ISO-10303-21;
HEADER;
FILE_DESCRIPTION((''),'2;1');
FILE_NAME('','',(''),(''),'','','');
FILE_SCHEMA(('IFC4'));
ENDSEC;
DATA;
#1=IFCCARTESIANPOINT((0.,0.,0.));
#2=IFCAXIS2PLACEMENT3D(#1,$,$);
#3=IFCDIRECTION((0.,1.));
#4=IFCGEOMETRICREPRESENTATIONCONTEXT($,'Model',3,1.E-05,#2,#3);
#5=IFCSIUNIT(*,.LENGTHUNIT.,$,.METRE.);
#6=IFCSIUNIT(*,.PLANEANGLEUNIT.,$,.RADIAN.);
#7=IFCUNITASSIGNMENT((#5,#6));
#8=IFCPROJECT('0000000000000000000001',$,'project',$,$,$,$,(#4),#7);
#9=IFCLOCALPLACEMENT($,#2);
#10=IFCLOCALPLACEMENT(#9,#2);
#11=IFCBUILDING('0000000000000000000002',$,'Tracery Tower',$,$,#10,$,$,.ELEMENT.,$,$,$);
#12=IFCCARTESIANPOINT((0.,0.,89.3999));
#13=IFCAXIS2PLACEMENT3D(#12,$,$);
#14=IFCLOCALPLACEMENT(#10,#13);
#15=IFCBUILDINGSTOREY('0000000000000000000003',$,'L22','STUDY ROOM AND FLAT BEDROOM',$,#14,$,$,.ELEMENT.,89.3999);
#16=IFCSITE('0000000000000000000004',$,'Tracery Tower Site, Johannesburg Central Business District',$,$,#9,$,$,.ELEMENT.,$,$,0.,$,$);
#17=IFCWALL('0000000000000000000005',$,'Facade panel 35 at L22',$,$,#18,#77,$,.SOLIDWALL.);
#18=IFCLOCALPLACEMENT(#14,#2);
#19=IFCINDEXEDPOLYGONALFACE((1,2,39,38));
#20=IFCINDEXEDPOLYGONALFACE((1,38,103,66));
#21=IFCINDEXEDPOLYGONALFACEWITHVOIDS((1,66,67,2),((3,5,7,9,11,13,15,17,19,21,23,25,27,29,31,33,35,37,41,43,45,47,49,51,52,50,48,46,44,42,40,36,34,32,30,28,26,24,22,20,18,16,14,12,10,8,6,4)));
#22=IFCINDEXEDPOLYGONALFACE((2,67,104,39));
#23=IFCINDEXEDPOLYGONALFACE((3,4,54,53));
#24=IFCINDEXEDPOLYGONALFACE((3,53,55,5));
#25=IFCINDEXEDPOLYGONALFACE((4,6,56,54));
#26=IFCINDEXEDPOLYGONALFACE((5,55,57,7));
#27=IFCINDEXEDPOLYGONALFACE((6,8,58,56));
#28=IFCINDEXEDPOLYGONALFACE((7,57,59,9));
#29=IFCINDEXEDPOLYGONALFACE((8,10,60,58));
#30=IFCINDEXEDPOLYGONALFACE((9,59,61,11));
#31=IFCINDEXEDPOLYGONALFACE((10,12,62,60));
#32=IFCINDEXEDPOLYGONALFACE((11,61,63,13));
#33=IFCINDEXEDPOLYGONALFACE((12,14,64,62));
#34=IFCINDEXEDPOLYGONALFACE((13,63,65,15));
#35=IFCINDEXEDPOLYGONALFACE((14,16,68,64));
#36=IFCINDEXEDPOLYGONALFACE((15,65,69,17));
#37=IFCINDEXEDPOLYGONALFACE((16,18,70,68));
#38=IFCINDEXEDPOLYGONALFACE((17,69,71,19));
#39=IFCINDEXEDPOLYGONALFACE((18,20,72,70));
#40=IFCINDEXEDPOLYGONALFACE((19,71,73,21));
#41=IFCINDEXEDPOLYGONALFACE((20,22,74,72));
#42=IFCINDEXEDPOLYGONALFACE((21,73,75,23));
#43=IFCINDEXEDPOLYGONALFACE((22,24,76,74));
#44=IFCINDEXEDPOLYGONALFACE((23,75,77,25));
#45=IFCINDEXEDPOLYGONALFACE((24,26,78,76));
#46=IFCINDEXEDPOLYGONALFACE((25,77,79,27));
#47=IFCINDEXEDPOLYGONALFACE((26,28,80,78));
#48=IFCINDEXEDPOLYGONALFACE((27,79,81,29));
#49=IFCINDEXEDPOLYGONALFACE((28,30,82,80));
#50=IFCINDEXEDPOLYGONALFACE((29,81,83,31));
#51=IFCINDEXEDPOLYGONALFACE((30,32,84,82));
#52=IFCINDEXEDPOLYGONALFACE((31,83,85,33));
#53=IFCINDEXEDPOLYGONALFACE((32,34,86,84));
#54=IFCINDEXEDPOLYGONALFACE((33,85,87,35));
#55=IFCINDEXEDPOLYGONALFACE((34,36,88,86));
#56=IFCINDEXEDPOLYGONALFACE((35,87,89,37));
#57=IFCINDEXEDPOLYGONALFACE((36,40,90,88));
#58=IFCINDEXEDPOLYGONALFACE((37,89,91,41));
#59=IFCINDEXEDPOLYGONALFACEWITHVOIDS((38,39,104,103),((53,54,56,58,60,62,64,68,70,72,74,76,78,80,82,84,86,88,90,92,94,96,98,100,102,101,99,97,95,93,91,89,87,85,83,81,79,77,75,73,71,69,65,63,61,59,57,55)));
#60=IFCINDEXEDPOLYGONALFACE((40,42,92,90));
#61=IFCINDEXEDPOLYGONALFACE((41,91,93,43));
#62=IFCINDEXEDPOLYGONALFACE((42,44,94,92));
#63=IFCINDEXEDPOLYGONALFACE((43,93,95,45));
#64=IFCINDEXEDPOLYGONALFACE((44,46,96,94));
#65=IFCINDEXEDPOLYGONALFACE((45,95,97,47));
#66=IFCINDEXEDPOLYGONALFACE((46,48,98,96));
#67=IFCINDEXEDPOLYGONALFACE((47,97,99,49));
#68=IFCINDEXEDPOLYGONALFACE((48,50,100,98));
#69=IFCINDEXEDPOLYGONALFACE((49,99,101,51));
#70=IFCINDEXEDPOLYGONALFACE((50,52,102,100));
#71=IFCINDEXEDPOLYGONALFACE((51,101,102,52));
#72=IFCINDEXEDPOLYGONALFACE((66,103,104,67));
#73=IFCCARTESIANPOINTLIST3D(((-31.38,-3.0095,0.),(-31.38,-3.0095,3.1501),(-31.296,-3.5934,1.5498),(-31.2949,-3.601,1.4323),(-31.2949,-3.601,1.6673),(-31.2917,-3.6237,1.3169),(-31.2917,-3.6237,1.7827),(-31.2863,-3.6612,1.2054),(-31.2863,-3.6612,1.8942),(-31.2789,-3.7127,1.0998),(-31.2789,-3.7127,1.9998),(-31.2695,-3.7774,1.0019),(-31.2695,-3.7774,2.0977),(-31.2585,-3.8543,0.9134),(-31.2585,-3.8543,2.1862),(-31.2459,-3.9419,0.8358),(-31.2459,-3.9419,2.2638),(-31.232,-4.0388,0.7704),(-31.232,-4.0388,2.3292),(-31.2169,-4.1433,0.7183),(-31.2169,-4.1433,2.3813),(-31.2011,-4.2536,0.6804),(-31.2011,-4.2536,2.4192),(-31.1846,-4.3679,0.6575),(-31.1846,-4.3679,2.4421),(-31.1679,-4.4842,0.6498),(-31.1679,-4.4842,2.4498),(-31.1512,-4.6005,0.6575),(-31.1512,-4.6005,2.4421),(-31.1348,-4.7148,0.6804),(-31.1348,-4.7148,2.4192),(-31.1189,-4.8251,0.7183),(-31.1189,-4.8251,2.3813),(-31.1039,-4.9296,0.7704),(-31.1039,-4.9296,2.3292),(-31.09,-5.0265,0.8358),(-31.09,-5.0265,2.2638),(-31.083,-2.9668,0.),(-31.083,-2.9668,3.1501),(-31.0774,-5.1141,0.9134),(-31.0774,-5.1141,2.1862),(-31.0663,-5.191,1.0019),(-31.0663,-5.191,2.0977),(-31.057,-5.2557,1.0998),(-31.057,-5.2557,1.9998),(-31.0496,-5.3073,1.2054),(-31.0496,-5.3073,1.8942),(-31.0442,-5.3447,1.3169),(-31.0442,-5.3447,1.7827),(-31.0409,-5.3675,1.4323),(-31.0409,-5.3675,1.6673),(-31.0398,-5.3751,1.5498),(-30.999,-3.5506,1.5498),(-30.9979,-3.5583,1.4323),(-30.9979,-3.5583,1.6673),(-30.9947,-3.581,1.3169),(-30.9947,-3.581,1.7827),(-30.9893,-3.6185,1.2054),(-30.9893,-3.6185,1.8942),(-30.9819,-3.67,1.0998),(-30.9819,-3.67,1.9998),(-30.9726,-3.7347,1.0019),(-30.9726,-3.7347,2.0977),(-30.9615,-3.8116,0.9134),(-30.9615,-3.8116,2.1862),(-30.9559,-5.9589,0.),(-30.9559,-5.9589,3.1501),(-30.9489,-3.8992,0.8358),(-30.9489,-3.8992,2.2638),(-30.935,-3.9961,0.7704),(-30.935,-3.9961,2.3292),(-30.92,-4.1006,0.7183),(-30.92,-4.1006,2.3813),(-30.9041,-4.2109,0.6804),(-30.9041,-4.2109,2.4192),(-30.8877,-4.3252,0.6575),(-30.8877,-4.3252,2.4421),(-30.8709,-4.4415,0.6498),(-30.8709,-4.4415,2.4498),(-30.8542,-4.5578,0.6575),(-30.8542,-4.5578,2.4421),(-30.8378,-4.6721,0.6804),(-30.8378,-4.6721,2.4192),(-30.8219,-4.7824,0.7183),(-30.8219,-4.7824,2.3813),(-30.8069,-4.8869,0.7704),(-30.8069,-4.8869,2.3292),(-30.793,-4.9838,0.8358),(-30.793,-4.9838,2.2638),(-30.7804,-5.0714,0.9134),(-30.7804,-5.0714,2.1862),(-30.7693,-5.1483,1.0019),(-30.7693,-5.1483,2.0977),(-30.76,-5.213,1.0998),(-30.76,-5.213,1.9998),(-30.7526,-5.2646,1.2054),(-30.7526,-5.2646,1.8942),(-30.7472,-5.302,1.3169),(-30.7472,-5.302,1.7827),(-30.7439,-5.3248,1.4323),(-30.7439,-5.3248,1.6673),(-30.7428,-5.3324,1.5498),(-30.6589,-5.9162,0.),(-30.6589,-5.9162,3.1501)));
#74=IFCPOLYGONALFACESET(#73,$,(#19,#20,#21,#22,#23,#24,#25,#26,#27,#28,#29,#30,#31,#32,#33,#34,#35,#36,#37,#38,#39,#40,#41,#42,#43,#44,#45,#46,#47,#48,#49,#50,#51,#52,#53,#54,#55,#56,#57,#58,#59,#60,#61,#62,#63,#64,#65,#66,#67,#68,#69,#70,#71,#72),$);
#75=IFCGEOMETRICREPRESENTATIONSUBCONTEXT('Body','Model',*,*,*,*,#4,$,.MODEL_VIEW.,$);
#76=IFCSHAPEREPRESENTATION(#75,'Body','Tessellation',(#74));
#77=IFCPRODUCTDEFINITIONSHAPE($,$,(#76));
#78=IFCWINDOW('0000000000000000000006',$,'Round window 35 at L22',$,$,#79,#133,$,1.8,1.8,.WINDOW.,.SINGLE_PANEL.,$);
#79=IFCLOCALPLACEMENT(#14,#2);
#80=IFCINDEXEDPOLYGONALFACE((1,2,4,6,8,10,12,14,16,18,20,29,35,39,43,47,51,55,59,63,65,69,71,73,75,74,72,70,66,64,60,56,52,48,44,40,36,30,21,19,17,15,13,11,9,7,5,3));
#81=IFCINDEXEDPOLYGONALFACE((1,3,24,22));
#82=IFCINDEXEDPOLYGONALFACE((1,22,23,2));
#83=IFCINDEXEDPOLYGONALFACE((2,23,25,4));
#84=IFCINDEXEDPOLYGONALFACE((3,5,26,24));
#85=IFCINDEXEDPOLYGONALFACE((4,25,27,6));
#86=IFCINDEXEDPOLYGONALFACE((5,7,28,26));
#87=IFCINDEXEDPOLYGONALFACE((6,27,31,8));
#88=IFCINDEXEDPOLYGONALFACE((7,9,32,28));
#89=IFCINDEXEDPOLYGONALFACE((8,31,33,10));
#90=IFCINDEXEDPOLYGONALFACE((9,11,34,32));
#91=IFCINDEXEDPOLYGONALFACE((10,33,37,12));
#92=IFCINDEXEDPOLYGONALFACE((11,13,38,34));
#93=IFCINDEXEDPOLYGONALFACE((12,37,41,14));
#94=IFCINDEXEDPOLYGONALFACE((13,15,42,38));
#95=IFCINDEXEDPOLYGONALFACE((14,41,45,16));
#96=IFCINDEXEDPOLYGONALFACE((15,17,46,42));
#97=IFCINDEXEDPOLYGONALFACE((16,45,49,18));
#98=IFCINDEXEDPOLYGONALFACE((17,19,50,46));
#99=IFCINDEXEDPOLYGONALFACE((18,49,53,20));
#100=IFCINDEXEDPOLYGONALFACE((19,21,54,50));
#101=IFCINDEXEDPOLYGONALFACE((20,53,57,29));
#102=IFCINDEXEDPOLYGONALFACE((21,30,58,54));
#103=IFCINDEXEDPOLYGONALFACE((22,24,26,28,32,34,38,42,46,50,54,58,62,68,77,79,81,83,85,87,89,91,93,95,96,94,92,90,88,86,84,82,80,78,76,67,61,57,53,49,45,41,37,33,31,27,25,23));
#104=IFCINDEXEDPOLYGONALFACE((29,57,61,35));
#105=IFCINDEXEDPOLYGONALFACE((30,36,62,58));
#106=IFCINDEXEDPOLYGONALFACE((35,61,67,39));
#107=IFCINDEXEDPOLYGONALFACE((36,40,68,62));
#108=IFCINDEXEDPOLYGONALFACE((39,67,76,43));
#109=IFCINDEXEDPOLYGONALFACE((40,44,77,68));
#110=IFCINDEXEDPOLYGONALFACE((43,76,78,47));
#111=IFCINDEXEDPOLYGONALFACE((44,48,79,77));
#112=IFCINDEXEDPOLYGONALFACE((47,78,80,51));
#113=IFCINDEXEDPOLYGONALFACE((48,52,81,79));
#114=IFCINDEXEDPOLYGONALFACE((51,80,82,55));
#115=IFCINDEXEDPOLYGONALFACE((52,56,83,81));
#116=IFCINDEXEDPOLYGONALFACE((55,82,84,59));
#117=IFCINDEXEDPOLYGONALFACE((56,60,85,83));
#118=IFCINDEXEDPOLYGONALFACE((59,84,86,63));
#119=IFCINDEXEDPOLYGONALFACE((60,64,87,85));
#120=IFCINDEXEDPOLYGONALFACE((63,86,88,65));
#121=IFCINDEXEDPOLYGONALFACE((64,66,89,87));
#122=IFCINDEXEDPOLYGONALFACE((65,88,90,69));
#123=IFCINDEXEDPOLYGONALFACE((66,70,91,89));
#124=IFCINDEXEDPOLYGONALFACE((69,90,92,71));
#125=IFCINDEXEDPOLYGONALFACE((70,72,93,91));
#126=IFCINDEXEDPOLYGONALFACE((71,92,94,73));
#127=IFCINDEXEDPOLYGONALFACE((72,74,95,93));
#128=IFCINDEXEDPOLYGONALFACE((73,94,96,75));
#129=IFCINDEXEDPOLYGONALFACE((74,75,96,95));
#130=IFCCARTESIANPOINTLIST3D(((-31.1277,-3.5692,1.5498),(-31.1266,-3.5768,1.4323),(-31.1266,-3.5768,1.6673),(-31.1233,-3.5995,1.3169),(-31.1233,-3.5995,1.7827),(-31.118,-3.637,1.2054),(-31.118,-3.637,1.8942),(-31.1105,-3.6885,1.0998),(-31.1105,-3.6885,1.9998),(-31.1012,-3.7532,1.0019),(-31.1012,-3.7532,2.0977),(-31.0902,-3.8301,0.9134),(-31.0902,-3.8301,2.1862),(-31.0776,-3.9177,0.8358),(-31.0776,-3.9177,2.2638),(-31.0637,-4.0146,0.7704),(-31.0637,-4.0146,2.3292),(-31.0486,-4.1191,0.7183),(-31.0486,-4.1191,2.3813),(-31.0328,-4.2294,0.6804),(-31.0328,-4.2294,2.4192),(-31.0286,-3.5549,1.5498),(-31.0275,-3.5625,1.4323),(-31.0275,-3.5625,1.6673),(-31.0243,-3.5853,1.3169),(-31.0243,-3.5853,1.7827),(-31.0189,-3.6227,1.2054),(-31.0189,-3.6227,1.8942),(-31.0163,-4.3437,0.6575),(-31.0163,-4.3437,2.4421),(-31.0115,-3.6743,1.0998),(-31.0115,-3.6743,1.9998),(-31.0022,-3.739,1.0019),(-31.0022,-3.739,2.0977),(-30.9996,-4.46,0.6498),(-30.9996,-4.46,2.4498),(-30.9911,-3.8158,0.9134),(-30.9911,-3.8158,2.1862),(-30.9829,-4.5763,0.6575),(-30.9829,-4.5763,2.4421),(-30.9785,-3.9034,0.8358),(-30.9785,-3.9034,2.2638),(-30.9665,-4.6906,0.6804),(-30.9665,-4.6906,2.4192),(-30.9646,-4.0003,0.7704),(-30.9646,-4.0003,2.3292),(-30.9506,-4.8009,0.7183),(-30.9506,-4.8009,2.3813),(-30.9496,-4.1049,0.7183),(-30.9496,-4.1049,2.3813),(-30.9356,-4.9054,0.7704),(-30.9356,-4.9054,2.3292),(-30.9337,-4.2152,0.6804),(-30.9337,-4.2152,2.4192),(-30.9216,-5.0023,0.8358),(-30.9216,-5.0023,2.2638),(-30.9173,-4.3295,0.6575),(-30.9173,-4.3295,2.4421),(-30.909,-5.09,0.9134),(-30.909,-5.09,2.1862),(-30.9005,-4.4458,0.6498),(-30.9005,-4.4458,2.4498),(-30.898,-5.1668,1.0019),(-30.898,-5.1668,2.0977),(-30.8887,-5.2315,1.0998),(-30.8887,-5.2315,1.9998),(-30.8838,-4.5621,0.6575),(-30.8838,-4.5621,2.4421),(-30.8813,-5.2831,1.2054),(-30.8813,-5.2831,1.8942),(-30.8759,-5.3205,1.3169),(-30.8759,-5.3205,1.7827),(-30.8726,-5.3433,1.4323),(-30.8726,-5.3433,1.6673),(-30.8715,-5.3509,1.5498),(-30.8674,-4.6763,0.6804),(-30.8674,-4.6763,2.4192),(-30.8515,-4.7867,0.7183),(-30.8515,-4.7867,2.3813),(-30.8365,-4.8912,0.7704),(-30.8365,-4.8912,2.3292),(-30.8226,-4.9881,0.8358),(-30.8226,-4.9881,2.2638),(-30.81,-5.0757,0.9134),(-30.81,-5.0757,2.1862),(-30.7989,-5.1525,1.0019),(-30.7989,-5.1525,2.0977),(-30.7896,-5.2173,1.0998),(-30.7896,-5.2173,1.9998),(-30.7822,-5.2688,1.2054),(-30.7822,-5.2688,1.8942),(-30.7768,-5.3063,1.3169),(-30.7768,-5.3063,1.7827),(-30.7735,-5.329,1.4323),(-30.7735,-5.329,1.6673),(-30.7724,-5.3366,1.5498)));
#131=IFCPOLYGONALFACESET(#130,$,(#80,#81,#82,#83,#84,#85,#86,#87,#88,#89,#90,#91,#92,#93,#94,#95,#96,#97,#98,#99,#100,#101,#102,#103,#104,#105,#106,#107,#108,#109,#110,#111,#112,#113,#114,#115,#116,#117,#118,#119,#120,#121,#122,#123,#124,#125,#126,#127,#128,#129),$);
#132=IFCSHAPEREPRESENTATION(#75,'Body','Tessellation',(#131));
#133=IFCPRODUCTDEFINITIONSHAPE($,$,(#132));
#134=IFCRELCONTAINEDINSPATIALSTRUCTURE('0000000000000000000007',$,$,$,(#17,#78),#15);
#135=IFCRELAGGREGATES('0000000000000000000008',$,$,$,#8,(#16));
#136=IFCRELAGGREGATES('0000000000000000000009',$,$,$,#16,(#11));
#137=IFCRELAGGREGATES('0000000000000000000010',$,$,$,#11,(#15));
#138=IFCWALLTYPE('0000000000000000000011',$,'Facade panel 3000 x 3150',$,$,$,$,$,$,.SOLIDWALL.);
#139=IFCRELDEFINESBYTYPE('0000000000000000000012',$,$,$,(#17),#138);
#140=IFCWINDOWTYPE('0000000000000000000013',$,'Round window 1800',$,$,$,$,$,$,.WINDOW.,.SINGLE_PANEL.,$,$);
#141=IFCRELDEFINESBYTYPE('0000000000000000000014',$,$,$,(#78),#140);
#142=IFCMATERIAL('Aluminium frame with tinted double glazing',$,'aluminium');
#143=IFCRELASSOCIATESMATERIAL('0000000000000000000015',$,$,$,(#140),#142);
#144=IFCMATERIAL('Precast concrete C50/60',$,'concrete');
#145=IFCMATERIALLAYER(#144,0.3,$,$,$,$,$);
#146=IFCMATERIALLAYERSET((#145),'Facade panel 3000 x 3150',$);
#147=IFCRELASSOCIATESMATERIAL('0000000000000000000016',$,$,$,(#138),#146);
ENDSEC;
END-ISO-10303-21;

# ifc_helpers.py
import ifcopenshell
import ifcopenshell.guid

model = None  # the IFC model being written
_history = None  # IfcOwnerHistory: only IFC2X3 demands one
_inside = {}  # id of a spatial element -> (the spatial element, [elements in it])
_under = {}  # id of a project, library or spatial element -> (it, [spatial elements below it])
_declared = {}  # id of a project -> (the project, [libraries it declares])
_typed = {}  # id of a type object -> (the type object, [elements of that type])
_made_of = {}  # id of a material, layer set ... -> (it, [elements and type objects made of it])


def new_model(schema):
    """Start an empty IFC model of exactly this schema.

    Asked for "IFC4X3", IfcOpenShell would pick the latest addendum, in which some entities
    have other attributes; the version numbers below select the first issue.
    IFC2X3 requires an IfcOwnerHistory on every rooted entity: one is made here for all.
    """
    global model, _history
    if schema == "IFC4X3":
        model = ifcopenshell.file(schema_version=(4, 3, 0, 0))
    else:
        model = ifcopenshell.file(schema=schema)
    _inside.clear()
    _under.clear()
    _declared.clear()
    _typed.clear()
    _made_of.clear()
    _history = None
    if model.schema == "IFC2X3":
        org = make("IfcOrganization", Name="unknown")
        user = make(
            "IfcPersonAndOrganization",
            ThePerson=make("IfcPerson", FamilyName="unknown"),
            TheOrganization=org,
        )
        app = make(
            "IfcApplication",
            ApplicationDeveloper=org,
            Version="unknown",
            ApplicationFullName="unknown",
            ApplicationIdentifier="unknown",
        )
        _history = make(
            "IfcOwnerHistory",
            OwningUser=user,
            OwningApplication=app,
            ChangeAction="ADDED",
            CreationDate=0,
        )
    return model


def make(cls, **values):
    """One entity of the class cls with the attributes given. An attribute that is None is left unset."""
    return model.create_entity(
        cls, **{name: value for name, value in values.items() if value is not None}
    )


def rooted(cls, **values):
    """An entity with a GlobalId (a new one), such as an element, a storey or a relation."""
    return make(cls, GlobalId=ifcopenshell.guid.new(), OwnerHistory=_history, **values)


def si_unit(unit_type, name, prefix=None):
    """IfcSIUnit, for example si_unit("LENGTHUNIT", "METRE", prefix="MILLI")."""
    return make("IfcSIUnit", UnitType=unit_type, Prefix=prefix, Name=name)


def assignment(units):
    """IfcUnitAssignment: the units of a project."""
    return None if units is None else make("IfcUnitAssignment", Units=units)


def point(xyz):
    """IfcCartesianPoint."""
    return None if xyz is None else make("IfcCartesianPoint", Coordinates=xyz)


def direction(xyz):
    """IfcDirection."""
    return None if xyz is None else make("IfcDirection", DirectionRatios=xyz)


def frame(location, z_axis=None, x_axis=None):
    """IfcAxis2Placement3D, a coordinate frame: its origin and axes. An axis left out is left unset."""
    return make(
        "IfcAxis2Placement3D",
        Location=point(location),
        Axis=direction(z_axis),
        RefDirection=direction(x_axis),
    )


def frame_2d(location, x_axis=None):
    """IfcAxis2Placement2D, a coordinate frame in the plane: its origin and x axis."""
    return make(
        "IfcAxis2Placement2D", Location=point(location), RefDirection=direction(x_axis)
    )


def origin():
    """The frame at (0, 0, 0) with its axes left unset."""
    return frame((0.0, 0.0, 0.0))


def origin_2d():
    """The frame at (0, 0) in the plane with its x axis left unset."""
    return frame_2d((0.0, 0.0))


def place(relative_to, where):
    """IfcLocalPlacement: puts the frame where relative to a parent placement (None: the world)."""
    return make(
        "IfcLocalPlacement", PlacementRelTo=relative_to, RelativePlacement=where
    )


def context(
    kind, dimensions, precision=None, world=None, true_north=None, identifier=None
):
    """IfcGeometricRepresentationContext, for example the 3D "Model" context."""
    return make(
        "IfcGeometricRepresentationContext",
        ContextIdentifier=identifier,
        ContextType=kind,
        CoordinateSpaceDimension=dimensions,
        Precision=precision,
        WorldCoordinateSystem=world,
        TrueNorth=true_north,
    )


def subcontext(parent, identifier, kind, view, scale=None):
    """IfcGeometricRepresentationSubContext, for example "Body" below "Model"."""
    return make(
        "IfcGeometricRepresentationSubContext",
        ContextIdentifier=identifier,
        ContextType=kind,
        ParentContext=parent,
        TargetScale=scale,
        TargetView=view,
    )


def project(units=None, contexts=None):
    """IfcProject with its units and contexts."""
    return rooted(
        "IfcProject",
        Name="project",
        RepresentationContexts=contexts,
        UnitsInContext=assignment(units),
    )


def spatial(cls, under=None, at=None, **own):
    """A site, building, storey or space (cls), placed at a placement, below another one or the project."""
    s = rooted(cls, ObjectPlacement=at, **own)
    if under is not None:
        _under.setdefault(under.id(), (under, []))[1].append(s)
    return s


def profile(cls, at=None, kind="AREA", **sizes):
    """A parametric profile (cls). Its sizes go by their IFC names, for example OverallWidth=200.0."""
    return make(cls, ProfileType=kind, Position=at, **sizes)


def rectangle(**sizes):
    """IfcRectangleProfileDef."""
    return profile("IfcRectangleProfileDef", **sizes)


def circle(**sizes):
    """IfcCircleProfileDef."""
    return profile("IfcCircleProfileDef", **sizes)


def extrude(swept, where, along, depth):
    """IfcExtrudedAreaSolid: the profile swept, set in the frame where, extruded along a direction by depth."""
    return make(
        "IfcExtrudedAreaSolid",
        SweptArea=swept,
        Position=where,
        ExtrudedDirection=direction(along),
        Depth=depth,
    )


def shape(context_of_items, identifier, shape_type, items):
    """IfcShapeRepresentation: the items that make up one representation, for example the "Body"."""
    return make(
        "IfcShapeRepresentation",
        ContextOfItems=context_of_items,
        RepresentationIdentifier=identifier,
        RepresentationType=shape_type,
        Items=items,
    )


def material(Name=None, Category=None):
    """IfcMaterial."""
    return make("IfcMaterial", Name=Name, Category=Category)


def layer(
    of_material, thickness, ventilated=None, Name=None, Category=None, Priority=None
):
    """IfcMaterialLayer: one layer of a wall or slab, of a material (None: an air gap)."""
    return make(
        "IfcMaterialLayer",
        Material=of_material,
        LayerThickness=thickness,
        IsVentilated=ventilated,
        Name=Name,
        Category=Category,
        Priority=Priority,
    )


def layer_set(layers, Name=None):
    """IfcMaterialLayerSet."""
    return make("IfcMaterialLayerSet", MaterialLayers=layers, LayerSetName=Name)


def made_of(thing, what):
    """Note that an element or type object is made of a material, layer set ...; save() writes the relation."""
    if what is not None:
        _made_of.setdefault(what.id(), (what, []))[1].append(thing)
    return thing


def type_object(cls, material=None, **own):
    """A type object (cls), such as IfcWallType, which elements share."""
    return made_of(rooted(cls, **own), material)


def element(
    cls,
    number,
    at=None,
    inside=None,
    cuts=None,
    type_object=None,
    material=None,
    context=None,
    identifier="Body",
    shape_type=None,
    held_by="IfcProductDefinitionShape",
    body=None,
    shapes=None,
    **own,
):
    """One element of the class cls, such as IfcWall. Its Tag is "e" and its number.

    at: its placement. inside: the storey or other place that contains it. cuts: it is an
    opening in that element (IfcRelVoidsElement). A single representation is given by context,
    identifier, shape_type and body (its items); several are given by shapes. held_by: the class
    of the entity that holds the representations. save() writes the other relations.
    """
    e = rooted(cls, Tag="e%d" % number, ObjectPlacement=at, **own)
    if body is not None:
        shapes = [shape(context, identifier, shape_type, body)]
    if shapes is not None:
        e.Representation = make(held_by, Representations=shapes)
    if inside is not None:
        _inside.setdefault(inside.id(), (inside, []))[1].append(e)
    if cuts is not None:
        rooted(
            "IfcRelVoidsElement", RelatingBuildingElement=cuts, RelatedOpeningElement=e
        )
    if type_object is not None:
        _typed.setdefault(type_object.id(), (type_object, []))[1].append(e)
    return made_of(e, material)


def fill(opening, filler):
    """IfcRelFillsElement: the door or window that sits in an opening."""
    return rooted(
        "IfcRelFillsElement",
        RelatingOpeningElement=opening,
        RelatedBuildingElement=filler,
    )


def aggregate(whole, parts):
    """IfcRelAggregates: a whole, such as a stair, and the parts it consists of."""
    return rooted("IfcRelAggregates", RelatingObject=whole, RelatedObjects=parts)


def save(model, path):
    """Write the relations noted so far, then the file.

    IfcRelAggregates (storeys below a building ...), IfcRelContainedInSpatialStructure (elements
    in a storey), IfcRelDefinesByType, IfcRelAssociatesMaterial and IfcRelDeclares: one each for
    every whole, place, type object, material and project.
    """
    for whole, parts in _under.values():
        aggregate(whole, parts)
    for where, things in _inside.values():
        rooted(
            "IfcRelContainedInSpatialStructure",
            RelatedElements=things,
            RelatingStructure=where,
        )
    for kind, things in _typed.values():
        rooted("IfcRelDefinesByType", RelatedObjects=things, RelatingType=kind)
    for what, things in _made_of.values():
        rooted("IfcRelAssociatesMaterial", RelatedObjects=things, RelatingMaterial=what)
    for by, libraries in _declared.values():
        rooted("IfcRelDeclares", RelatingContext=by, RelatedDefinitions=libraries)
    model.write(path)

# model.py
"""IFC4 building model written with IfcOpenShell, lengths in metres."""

from ifc_helpers import new_model, si_unit, direction, frame, frame_2d, origin, origin_2d, place, context, subcontext, project, spatial, rectangle, circle, extrude, material, layer, layer_set, type_object, element, fill, save


model = new_model("IFC4")

# Units and contexts
model_context = context("Model", 3, precision=1e-05, world=origin(), true_north=direction((0.0, 1.0)))
body_context = subcontext(model_context, "Body", "Model", "MODEL_VIEW")
ifc_project = project(units=[si_unit("LENGTHUNIT", "METRE"), si_unit("PLANEANGLEUNIT", "RADIAN")], contexts=[model_context])

# Site, building, storey
site_placement = place(None, origin())
site = spatial("IfcSite", under=ifc_project, at=site_placement, Name="Tracery Tower Site, Johannesburg Central Business District", CompositionType="ELEMENT", RefElevation=0.0)
building_placement = place(site_placement, origin())
building = spatial("IfcBuilding", under=site, at=building_placement, Name="Tracery Tower", CompositionType="ELEMENT")
storey_placement = place(building_placement, frame((0.0, 0.0, 89.3999)))
storey = spatial("IfcBuildingStorey", under=building, at=storey_placement, Name="L22", Description="STUDY ROOM AND FLAT BEDROOM", CompositionType="ELEMENT", Elevation=89.3999)

# Wall, opening, window
ifc_material_1 = material(Name="Aluminium frame with tinted double glazing", Category="aluminium")
window_type = type_object("IfcWindowType", Name="Round window 1800", PartitioningType="SINGLE_PANEL", PredefinedType="WINDOW", material=ifc_material_1)
ifc_material_2 = material(Name="Precast concrete C50/60", Category="concrete")
ifc_layer_1 = layer(ifc_material_2, 0.3)
ifc_layer_set_1 = layer_set([ifc_layer_1], Name="Facade panel 3000 x 3150")
wall_type_1 = type_object("IfcWallType", Name="Facade panel 3000 x 3150", PredefinedType="SOLIDWALL", material=ifc_layer_set_1)
wall_1_placement = place(storey_placement, frame((-31.2314, -2.9883, 0.0), z_axis=(0.0, 0.0, 1.0), x_axis=(0.142316, -0.989821, 0.0)))
wall_1 = element("IfcWall", 1, at=wall_1_placement, inside=storey, type_object=wall_type_1, Name="Facade panel 35 at L22", PredefinedType="SOLIDWALL", context=body_context, shape_type="SweptSolid", body=[
    extrude(rectangle(XDim=2.9797, YDim=0.3, at=frame_2d((1.4897, 0.0))), origin(), (0.0, 0.0, 1.0), 3.1501),
])
opening_1_placement = place(wall_1_placement, frame((1.4897, 0.0, 1.5498)))
opening_1 = element("IfcOpeningElement", 2, at=opening_1_placement, cuts=wall_1, PredefinedType="OPENING", context=body_context, shape_type="SweptSolid", body=[
    extrude(circle(Radius=0.9, at=origin_2d()), frame((0.0, 0.1599, 0.0), z_axis=(0.0, -1.0, 0.0), x_axis=(1.0, 0.0, 0.0)), (0.0, 0.0, 1.0), 0.3201),
])
window_1_placement = place(opening_1_placement, origin())
window_1 = element("IfcWindow", 3, at=window_1_placement, inside=storey, type_object=window_type, Name="Round window 35 at L22", OverallHeight=1.8, OverallWidth=1.8, PartitioningType="SINGLE_PANEL", PredefinedType="WINDOW", context=body_context, shape_type="SweptSolid", body=[
    extrude(circle(Radius=0.9, at=origin_2d()), frame((0.0, 0.1201, 0.0), z_axis=(0.0, -1.0, 0.0), x_axis=(1.0, 0.0, 0.0)), (0.0, 0.0, 1.0), 0.1001),
])
fill(opening_1, window_1)

save(model, "model.ifc")
